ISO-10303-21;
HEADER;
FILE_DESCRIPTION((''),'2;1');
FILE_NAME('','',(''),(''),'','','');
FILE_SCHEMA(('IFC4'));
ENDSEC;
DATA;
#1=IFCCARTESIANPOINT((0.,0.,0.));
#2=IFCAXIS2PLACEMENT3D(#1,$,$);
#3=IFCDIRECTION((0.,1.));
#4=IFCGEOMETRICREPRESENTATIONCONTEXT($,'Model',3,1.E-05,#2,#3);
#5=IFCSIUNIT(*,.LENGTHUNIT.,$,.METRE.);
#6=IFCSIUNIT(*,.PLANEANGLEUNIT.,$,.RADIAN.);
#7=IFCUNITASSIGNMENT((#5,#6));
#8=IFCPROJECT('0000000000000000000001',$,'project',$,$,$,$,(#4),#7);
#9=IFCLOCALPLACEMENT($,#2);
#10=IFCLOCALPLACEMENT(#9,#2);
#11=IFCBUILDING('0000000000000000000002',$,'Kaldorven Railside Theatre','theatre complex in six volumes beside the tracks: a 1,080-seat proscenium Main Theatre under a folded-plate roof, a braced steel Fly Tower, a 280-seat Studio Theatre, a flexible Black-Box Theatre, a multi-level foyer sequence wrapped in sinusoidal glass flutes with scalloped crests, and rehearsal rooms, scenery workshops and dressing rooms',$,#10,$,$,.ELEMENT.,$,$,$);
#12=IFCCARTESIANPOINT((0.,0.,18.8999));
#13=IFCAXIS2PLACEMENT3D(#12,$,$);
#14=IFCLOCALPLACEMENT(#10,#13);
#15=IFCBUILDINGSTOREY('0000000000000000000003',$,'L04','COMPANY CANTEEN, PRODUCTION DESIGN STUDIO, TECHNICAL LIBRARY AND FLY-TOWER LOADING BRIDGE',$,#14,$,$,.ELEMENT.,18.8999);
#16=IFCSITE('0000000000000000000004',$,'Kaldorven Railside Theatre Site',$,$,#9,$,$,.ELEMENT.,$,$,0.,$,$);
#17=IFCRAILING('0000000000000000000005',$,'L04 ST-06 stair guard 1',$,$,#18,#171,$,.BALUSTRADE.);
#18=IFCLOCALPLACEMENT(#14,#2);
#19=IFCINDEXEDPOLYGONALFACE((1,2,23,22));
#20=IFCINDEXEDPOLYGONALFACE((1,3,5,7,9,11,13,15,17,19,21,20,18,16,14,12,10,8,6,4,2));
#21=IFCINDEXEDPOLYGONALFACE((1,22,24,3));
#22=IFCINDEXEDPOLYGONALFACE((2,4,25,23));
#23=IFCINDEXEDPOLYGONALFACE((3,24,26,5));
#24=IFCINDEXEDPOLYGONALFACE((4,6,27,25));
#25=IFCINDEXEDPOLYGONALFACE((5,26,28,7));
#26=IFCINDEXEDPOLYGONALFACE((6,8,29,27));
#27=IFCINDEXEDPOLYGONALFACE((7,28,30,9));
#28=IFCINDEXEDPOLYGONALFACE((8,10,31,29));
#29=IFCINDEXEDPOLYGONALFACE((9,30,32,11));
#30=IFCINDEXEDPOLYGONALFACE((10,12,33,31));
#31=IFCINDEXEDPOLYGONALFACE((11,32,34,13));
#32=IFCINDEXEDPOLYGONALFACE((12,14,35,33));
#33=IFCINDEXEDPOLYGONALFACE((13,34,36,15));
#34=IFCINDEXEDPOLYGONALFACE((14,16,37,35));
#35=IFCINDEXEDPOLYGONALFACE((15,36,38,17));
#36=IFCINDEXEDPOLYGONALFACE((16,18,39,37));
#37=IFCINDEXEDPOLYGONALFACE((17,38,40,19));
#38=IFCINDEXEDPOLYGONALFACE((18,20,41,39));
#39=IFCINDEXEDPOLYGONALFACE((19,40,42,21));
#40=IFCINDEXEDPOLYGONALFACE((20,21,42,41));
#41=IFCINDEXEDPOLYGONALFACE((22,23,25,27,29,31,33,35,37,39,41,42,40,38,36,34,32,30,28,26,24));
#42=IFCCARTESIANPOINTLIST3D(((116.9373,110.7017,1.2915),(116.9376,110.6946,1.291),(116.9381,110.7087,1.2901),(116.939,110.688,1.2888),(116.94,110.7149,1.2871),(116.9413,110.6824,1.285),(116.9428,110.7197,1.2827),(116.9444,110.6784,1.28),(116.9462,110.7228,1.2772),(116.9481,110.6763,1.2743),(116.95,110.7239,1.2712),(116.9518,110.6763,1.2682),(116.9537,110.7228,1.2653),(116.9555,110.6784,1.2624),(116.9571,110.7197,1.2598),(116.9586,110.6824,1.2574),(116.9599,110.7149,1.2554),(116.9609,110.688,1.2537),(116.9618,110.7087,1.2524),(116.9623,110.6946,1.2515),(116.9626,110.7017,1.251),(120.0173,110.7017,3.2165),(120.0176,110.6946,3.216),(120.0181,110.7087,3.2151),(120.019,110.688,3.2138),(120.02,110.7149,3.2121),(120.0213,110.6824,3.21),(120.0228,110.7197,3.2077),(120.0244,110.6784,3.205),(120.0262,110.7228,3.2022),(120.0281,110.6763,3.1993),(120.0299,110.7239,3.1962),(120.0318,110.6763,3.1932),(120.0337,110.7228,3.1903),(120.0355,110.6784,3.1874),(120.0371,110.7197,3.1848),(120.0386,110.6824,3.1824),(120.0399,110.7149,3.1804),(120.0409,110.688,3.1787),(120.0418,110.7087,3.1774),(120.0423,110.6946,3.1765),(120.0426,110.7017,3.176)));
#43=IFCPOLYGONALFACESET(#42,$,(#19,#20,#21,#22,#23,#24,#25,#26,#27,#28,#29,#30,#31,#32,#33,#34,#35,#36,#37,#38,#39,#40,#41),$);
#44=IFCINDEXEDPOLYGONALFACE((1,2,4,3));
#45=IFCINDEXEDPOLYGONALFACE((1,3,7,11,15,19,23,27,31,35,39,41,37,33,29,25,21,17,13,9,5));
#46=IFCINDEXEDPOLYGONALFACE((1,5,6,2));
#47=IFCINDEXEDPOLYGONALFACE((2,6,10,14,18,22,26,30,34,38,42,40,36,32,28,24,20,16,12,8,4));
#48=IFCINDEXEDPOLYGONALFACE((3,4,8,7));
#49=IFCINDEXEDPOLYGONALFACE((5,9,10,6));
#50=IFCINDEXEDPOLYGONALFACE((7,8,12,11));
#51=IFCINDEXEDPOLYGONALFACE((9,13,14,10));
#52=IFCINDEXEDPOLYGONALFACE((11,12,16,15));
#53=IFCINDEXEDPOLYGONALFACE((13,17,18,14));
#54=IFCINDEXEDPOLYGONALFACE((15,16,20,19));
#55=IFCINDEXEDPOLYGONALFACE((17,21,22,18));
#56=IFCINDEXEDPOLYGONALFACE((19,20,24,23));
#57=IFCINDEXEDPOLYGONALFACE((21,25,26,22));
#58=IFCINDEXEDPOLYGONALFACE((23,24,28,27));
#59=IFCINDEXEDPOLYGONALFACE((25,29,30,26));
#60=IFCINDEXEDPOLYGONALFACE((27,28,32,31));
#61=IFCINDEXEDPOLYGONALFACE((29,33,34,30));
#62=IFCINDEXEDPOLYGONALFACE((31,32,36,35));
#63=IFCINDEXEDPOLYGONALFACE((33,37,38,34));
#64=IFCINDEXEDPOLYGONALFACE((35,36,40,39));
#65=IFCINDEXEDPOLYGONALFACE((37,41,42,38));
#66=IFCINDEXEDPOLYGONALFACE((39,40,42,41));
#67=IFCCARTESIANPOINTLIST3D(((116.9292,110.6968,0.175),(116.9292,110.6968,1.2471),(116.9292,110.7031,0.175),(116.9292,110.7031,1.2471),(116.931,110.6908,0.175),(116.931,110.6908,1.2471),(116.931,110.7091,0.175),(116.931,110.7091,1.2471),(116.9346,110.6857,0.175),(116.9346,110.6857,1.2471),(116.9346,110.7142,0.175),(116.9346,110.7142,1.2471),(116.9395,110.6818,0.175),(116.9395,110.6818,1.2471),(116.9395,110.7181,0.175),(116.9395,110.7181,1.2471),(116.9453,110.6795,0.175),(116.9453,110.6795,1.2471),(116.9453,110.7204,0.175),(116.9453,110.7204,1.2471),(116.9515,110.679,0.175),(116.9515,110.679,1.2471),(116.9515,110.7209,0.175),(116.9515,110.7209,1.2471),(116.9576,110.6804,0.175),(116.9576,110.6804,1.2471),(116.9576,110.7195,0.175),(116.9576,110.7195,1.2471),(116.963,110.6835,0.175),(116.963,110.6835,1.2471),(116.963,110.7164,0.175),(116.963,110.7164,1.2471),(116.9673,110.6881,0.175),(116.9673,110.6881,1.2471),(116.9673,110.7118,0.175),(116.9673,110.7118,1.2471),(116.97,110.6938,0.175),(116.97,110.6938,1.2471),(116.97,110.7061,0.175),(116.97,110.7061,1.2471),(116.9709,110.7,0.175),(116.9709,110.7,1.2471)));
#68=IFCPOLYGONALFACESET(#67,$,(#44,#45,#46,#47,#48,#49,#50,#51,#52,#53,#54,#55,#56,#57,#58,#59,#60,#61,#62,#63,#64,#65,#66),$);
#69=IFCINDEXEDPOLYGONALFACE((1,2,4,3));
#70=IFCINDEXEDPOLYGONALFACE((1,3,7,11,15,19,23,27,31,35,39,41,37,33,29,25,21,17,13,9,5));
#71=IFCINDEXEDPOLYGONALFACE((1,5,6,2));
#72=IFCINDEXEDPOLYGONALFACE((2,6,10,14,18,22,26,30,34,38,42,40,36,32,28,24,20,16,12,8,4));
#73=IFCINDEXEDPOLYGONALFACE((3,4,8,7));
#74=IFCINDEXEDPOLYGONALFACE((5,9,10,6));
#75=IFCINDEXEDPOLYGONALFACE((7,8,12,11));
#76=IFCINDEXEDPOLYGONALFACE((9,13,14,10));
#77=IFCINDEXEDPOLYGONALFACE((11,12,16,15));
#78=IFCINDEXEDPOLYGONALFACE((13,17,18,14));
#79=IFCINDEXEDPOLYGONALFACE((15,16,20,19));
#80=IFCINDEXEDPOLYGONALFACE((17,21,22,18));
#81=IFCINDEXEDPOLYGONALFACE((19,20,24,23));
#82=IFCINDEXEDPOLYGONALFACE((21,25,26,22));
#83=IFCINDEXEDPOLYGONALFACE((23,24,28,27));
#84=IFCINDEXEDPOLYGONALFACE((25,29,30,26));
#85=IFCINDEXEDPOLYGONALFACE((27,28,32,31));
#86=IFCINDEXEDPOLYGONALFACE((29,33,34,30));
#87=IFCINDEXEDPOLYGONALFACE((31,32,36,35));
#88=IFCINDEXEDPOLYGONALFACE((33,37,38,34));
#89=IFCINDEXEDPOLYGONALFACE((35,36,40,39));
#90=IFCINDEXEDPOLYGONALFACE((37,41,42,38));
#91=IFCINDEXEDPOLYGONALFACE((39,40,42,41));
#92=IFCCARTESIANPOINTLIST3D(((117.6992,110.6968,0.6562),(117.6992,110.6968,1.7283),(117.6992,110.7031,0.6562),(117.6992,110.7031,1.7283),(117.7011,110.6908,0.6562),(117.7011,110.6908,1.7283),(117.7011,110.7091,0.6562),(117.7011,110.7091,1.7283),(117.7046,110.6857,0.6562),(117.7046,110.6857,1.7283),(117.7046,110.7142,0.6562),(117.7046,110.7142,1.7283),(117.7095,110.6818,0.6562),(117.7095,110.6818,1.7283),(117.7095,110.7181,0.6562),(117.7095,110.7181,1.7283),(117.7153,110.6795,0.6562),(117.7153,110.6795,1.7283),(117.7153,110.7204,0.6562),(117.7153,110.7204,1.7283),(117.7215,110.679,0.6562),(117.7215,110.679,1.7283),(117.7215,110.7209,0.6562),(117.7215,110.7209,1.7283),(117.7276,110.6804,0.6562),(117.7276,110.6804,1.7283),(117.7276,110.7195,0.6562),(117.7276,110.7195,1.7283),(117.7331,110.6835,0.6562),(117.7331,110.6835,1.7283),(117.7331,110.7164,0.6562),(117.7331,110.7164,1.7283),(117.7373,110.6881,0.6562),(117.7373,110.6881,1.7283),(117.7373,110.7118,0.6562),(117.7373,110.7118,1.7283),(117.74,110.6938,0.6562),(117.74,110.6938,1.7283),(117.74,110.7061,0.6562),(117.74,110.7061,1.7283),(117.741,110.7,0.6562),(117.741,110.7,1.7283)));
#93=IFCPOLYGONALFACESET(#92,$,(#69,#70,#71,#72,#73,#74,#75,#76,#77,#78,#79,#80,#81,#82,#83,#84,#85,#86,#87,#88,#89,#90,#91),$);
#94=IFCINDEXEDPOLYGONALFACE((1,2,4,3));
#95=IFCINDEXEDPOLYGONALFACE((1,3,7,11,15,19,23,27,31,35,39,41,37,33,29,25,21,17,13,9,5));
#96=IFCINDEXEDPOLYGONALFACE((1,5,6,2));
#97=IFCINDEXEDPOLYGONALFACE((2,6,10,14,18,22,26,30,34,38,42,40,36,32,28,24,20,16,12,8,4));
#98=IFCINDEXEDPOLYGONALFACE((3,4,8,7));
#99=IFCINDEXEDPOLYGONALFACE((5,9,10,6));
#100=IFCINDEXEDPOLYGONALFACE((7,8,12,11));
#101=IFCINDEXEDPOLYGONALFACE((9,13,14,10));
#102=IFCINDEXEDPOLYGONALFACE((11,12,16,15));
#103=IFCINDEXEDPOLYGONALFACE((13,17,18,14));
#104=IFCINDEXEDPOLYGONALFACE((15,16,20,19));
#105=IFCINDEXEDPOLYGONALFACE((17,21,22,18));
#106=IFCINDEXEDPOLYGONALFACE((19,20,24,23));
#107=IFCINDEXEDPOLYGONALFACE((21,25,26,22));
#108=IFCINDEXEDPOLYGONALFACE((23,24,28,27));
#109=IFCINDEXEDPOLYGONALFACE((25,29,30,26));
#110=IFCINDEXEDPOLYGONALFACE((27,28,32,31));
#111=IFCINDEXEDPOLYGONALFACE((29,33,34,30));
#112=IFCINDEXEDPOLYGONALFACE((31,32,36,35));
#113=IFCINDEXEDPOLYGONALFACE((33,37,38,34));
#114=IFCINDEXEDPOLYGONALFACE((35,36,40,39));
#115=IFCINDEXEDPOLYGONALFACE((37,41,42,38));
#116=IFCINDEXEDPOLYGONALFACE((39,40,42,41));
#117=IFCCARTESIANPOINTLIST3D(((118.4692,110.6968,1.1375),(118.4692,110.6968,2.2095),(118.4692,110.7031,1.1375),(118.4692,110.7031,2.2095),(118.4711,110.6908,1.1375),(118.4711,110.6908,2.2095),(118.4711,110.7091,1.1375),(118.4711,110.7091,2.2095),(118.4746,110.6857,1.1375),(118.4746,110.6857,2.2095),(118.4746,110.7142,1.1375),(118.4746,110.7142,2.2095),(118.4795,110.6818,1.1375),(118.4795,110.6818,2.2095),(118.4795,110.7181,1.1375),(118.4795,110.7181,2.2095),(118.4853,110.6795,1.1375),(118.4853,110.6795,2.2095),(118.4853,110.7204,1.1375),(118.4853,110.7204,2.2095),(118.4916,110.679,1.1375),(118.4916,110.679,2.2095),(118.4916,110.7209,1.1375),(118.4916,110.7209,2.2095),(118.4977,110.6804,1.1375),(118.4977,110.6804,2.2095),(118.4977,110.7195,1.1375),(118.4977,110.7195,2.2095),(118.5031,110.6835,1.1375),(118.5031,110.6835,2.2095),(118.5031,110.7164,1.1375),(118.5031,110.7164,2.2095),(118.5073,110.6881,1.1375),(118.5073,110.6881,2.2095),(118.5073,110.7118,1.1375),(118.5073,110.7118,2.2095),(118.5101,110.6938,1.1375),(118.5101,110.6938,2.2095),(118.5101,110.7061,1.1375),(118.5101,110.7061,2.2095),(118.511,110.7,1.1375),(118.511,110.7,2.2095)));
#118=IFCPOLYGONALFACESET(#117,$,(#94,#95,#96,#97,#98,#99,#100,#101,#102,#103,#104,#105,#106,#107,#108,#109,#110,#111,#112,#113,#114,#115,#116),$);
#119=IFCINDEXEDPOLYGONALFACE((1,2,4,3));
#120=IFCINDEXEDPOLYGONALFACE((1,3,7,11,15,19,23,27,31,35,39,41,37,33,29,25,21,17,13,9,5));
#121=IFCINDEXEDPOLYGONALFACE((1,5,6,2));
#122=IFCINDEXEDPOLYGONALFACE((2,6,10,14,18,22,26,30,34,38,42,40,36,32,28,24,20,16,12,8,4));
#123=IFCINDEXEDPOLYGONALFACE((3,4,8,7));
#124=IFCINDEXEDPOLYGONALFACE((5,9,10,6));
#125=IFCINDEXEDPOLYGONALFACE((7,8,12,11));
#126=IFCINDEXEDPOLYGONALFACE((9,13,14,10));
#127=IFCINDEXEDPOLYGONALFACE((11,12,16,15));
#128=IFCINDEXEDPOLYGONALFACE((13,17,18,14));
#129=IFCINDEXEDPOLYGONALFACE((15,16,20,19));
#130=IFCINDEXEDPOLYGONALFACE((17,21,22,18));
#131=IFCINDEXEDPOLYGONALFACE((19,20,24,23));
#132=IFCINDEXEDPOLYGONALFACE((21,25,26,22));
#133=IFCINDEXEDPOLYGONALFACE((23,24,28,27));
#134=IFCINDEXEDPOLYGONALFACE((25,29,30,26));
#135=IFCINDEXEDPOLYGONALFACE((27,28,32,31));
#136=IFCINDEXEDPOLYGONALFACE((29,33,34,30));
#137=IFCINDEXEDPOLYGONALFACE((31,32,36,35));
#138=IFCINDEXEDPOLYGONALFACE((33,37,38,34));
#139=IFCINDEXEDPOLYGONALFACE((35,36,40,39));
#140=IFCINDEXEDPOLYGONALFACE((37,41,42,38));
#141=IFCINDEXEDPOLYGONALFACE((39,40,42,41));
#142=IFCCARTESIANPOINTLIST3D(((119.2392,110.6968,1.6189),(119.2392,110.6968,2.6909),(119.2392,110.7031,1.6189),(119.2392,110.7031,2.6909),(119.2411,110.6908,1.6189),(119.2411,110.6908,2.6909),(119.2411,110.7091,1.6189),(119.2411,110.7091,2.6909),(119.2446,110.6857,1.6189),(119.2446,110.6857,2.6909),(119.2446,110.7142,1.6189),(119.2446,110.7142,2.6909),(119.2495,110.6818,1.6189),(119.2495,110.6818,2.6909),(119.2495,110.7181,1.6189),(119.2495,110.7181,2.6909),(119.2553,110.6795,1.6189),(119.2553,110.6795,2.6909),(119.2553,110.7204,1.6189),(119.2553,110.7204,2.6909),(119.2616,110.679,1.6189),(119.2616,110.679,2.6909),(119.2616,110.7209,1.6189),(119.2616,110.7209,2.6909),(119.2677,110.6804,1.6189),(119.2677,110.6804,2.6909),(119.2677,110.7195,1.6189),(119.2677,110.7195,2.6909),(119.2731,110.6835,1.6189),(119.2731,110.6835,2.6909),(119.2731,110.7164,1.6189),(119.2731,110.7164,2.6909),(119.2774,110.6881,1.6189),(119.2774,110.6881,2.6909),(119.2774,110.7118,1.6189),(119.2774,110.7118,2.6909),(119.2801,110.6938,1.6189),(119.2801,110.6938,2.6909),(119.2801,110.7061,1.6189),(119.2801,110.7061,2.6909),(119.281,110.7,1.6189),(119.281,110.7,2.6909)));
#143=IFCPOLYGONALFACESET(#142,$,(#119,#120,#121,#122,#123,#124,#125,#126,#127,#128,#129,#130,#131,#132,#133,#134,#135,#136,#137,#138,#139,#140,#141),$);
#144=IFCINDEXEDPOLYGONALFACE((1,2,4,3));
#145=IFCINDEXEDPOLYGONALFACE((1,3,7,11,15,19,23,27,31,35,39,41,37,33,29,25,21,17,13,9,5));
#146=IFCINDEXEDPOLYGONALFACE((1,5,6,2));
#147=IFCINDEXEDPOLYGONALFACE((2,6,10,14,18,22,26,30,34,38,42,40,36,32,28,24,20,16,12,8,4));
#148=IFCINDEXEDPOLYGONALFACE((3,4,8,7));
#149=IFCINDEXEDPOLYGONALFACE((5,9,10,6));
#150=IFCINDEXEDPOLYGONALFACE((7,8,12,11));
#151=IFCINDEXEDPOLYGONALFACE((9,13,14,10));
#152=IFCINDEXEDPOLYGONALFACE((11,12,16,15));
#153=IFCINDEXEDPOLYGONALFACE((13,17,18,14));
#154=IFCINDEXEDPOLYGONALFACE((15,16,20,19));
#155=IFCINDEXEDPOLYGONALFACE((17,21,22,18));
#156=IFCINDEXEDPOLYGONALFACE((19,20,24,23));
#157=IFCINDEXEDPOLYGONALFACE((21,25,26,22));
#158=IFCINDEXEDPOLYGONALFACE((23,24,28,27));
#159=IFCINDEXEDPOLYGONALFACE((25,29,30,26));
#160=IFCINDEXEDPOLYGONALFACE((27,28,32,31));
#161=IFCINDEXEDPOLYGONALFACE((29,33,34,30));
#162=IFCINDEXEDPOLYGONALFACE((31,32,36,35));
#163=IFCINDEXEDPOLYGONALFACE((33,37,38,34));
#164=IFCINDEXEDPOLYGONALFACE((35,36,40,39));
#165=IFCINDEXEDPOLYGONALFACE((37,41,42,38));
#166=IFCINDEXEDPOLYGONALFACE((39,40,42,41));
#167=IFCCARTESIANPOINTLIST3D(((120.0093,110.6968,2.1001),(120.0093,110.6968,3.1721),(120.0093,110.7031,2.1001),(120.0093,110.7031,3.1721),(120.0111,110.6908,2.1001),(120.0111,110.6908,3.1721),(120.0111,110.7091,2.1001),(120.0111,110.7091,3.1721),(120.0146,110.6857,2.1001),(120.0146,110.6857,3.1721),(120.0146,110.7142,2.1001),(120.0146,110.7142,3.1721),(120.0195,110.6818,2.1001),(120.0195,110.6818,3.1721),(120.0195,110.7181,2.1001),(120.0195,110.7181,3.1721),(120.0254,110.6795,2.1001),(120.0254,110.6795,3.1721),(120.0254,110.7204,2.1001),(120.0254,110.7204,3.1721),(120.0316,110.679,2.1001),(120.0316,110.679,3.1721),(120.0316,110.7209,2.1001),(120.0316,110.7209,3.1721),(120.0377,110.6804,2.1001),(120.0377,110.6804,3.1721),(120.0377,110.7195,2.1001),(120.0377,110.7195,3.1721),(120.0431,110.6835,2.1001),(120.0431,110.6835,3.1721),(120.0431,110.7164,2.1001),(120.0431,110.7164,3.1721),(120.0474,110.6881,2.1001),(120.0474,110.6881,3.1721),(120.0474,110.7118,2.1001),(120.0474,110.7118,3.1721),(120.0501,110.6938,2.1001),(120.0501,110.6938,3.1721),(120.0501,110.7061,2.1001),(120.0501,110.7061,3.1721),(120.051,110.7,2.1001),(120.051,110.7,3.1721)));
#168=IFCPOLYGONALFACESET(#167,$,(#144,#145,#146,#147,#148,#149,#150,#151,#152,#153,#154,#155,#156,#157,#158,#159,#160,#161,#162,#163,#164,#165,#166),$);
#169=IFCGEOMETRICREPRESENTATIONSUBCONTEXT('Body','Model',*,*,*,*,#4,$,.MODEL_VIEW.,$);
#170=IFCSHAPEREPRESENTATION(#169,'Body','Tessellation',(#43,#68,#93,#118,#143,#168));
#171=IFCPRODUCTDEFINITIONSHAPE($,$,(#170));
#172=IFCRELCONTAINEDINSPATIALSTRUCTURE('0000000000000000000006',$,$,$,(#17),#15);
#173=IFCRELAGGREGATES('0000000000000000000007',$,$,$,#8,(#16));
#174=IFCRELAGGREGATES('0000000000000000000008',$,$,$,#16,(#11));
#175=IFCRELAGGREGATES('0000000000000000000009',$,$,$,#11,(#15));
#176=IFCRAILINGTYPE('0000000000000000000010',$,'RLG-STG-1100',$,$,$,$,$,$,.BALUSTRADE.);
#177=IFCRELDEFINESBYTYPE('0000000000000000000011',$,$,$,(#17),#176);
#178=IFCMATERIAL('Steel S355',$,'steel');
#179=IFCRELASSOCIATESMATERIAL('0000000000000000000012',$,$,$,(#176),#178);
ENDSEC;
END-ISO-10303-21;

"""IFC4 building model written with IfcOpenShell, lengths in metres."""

from ifc_helpers import new_model, si_unit, direction, frame, origin, origin_2d, place, context, subcontext, project, spatial, circle, extrude, material, type_object, element, save


model = new_model("IFC4")

# Units and contexts
model_context = context("Model", 3, precision=1e-05, world=origin(), true_north=direction((0.0, 1.0)))
body_context = subcontext(model_context, "Body", "Model", "MODEL_VIEW")
ifc_project = project(units=[si_unit("LENGTHUNIT", "METRE"), si_unit("PLANEANGLEUNIT", "RADIAN")], contexts=[model_context])

# Site, building, storey
site_placement = place(None, origin())
site = spatial("IfcSite", under=ifc_project, at=site_placement, Name="Kaldorven Railside Theatre Site", CompositionType="ELEMENT", RefElevation=0.0)
building_placement = place(site_placement, origin())
building = spatial("IfcBuilding", under=site, at=building_placement, Name="Kaldorven Railside Theatre", Description="theatre complex in six volumes beside the tracks: a 1,080-seat proscenium Main Theatre under a folded-plate roof, a braced steel Fly Tower, a 280-seat Studio Theatre, a flexible Black-Box Theatre, a multi-level foyer sequence wrapped in sinusoidal glass flutes with scalloped crests, and rehearsal rooms, scenery workshops and dressing rooms", CompositionType="ELEMENT")
storey_placement = place(building_placement, frame((0.0, 0.0, 18.8999)))
storey = spatial("IfcBuildingStorey", under=building, at=storey_placement, Name="L04", Description="COMPANY CANTEEN, PRODUCTION DESIGN STUDIO, TECHNICAL LIBRARY AND FLY-TOWER LOADING BRIDGE", CompositionType="ELEMENT", Elevation=18.8999)

# Shared definitions
ifc_material_1 = material(Name="Steel S355", Category="steel")

# Railing
railing_type_1 = type_object("IfcRailingType", Name="RLG-STG-1100", PredefinedType="BALUSTRADE", material=ifc_material_1)
railing_1_placement = place(storey_placement, frame((116.95, 110.7, 0.175)))
element("IfcRailing", 1, at=railing_1_placement, inside=storey, type_object=railing_type_1, Name="L04 ST-06 stair guard 1", PredefinedType="BALUSTRADE", context=body_context, shape_type="SweptSolid", body=[
    extrude(circle(Radius=0.0239, at=origin_2d()), frame((0.0, 0.0, 1.0962), z_axis=(0.847998, 0.0, 0.529999), x_axis=(0.0, 1.0, 0.0)), (0.0, 0.0, 1.0), 3.6321),
    extrude(circle(Radius=0.021, at=origin_2d()), origin(), (0.0, 0.0, 1.0), 1.072),
    extrude(circle(Radius=0.021, at=origin_2d()), frame((0.77, 0.0, 0.4812)), (0.0, 0.0, 1.0), 1.072),
    extrude(circle(Radius=0.021, at=origin_2d()), frame((1.54, 0.0, 0.9624)), (0.0, 0.0, 1.0), 1.072),
    extrude(circle(Radius=0.021, at=origin_2d()), frame((2.3101, 0.0, 1.4438)), (0.0, 0.0, 1.0), 1.072),
    extrude(circle(Radius=0.021, at=origin_2d()), frame((3.0801, 0.0, 1.925)), (0.0, 0.0, 1.0), 1.072),
])

save(model, "model.ifc")
